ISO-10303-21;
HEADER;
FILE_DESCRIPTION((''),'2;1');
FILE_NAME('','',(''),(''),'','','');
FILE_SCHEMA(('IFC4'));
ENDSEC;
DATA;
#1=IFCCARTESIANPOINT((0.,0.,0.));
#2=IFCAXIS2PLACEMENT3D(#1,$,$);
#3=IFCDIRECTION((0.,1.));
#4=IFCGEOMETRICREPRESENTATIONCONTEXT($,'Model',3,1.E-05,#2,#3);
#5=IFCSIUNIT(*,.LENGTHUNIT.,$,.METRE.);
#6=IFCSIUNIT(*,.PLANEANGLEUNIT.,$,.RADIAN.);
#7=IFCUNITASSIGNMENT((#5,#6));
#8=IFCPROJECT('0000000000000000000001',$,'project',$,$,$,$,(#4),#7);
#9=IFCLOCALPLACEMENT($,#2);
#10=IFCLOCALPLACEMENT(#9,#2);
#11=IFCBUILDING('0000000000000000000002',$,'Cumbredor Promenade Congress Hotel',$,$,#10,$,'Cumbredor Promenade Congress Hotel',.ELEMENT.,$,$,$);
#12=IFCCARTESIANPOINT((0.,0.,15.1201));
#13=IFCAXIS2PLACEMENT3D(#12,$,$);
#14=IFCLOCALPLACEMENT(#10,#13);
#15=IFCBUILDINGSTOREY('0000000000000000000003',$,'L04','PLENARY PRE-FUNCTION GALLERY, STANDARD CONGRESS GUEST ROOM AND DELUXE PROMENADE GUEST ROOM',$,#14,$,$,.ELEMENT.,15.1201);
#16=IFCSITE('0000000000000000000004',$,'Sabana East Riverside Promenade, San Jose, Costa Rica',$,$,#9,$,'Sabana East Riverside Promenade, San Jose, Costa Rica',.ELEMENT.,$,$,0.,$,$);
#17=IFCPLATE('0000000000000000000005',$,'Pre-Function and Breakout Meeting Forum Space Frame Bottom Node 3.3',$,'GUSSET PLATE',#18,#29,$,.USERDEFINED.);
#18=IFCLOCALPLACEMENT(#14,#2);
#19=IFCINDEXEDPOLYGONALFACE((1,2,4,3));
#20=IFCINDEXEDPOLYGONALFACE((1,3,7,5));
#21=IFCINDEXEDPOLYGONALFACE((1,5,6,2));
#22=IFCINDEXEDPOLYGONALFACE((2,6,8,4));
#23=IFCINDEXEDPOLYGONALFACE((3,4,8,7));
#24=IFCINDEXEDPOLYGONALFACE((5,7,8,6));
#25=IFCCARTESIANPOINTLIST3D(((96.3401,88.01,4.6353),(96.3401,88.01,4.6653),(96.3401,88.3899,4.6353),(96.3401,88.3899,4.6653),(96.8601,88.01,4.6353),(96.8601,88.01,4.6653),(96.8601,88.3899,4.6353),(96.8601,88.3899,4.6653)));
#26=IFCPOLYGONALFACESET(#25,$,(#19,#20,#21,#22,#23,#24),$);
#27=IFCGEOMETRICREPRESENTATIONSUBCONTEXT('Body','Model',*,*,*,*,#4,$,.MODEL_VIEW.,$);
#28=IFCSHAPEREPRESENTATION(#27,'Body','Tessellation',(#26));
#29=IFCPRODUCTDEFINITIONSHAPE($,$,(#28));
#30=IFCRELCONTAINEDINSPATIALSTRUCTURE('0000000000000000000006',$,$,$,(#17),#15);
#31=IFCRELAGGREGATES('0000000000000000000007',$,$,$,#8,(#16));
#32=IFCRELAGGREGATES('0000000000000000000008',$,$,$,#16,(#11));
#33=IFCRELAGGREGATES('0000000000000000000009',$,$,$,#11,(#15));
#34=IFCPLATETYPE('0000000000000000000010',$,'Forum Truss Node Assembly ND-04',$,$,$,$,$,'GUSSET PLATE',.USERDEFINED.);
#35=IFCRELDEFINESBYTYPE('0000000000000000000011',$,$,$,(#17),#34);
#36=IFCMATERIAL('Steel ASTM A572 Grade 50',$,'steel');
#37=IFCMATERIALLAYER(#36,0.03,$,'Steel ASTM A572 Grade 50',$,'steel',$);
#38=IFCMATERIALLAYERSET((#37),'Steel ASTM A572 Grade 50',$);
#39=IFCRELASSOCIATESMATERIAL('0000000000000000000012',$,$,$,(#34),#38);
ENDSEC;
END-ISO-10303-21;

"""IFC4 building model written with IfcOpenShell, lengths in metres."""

from ifc_helpers import new_model, si_unit, direction, frame, origin, origin_2d, place, context, subcontext, project, spatial, rectangle, extrude, material, layer, layer_set, type_object, element, save


model = new_model("IFC4")

# Units and contexts
model_context = context("Model", 3, precision=1e-05, world=origin(), true_north=direction((0.0, 1.0)))
body_context = subcontext(model_context, "Body", "Model", "MODEL_VIEW")
ifc_project = project(units=[si_unit("LENGTHUNIT", "METRE"), si_unit("PLANEANGLEUNIT", "RADIAN")], contexts=[model_context])

# Site, building, storey
site_placement = place(None, origin())
site = spatial("IfcSite", under=ifc_project, at=site_placement, Name="Sabana East Riverside Promenade, San Jose, Costa Rica", LongName="Sabana East Riverside Promenade, San Jose, Costa Rica", CompositionType="ELEMENT", RefElevation=0.0)
building_placement = place(site_placement, origin())
building = spatial("IfcBuilding", under=site, at=building_placement, Name="Cumbredor Promenade Congress Hotel", LongName="Cumbredor Promenade Congress Hotel", CompositionType="ELEMENT")
storey_placement = place(building_placement, frame((0.0, 0.0, 15.1201)))
storey = spatial("IfcBuildingStorey", under=building, at=storey_placement, Name="L04", Description="PLENARY PRE-FUNCTION GALLERY, STANDARD CONGRESS GUEST ROOM AND DELUXE PROMENADE GUEST ROOM", CompositionType="ELEMENT", Elevation=15.1201)

# Plate
ifc_material_1 = material(Name="Steel ASTM A572 Grade 50", Category="steel")
ifc_layer_1 = layer(ifc_material_1, 0.03, Name="Steel ASTM A572 Grade 50", Category="steel")
ifc_layer_set_1 = layer_set([ifc_layer_1], Name="Steel ASTM A572 Grade 50")
plate_type_1 = type_object("IfcPlateType", Name="Forum Truss Node Assembly ND-04", ElementType="GUSSET PLATE", PredefinedType="USERDEFINED", material=ifc_layer_set_1)
for number, where, z_axis, x_axis, name in (
    (1, (96.6001, 88.2, 4.6353), (0.0, 0.0, 1.0), (1.0, 0.0, 0.0), "Pre-Function and Breakout Meeting Forum Space Frame Bottom Node 3.3"),
):
    element("IfcPlate", number, at=place(storey_placement, frame(where, z_axis=z_axis, x_axis=x_axis)), inside=storey, type_object=plate_type_1, Name=name, ObjectType="GUSSET PLATE", PredefinedType="USERDEFINED", context=body_context, shape_type="SweptSolid", body=[
        extrude(rectangle(XDim=0.52, YDim=0.3799, at=origin_2d()), origin(), (0.0, 0.0, 1.0), 0.03),
    ])

save(model, "model.ifc")
